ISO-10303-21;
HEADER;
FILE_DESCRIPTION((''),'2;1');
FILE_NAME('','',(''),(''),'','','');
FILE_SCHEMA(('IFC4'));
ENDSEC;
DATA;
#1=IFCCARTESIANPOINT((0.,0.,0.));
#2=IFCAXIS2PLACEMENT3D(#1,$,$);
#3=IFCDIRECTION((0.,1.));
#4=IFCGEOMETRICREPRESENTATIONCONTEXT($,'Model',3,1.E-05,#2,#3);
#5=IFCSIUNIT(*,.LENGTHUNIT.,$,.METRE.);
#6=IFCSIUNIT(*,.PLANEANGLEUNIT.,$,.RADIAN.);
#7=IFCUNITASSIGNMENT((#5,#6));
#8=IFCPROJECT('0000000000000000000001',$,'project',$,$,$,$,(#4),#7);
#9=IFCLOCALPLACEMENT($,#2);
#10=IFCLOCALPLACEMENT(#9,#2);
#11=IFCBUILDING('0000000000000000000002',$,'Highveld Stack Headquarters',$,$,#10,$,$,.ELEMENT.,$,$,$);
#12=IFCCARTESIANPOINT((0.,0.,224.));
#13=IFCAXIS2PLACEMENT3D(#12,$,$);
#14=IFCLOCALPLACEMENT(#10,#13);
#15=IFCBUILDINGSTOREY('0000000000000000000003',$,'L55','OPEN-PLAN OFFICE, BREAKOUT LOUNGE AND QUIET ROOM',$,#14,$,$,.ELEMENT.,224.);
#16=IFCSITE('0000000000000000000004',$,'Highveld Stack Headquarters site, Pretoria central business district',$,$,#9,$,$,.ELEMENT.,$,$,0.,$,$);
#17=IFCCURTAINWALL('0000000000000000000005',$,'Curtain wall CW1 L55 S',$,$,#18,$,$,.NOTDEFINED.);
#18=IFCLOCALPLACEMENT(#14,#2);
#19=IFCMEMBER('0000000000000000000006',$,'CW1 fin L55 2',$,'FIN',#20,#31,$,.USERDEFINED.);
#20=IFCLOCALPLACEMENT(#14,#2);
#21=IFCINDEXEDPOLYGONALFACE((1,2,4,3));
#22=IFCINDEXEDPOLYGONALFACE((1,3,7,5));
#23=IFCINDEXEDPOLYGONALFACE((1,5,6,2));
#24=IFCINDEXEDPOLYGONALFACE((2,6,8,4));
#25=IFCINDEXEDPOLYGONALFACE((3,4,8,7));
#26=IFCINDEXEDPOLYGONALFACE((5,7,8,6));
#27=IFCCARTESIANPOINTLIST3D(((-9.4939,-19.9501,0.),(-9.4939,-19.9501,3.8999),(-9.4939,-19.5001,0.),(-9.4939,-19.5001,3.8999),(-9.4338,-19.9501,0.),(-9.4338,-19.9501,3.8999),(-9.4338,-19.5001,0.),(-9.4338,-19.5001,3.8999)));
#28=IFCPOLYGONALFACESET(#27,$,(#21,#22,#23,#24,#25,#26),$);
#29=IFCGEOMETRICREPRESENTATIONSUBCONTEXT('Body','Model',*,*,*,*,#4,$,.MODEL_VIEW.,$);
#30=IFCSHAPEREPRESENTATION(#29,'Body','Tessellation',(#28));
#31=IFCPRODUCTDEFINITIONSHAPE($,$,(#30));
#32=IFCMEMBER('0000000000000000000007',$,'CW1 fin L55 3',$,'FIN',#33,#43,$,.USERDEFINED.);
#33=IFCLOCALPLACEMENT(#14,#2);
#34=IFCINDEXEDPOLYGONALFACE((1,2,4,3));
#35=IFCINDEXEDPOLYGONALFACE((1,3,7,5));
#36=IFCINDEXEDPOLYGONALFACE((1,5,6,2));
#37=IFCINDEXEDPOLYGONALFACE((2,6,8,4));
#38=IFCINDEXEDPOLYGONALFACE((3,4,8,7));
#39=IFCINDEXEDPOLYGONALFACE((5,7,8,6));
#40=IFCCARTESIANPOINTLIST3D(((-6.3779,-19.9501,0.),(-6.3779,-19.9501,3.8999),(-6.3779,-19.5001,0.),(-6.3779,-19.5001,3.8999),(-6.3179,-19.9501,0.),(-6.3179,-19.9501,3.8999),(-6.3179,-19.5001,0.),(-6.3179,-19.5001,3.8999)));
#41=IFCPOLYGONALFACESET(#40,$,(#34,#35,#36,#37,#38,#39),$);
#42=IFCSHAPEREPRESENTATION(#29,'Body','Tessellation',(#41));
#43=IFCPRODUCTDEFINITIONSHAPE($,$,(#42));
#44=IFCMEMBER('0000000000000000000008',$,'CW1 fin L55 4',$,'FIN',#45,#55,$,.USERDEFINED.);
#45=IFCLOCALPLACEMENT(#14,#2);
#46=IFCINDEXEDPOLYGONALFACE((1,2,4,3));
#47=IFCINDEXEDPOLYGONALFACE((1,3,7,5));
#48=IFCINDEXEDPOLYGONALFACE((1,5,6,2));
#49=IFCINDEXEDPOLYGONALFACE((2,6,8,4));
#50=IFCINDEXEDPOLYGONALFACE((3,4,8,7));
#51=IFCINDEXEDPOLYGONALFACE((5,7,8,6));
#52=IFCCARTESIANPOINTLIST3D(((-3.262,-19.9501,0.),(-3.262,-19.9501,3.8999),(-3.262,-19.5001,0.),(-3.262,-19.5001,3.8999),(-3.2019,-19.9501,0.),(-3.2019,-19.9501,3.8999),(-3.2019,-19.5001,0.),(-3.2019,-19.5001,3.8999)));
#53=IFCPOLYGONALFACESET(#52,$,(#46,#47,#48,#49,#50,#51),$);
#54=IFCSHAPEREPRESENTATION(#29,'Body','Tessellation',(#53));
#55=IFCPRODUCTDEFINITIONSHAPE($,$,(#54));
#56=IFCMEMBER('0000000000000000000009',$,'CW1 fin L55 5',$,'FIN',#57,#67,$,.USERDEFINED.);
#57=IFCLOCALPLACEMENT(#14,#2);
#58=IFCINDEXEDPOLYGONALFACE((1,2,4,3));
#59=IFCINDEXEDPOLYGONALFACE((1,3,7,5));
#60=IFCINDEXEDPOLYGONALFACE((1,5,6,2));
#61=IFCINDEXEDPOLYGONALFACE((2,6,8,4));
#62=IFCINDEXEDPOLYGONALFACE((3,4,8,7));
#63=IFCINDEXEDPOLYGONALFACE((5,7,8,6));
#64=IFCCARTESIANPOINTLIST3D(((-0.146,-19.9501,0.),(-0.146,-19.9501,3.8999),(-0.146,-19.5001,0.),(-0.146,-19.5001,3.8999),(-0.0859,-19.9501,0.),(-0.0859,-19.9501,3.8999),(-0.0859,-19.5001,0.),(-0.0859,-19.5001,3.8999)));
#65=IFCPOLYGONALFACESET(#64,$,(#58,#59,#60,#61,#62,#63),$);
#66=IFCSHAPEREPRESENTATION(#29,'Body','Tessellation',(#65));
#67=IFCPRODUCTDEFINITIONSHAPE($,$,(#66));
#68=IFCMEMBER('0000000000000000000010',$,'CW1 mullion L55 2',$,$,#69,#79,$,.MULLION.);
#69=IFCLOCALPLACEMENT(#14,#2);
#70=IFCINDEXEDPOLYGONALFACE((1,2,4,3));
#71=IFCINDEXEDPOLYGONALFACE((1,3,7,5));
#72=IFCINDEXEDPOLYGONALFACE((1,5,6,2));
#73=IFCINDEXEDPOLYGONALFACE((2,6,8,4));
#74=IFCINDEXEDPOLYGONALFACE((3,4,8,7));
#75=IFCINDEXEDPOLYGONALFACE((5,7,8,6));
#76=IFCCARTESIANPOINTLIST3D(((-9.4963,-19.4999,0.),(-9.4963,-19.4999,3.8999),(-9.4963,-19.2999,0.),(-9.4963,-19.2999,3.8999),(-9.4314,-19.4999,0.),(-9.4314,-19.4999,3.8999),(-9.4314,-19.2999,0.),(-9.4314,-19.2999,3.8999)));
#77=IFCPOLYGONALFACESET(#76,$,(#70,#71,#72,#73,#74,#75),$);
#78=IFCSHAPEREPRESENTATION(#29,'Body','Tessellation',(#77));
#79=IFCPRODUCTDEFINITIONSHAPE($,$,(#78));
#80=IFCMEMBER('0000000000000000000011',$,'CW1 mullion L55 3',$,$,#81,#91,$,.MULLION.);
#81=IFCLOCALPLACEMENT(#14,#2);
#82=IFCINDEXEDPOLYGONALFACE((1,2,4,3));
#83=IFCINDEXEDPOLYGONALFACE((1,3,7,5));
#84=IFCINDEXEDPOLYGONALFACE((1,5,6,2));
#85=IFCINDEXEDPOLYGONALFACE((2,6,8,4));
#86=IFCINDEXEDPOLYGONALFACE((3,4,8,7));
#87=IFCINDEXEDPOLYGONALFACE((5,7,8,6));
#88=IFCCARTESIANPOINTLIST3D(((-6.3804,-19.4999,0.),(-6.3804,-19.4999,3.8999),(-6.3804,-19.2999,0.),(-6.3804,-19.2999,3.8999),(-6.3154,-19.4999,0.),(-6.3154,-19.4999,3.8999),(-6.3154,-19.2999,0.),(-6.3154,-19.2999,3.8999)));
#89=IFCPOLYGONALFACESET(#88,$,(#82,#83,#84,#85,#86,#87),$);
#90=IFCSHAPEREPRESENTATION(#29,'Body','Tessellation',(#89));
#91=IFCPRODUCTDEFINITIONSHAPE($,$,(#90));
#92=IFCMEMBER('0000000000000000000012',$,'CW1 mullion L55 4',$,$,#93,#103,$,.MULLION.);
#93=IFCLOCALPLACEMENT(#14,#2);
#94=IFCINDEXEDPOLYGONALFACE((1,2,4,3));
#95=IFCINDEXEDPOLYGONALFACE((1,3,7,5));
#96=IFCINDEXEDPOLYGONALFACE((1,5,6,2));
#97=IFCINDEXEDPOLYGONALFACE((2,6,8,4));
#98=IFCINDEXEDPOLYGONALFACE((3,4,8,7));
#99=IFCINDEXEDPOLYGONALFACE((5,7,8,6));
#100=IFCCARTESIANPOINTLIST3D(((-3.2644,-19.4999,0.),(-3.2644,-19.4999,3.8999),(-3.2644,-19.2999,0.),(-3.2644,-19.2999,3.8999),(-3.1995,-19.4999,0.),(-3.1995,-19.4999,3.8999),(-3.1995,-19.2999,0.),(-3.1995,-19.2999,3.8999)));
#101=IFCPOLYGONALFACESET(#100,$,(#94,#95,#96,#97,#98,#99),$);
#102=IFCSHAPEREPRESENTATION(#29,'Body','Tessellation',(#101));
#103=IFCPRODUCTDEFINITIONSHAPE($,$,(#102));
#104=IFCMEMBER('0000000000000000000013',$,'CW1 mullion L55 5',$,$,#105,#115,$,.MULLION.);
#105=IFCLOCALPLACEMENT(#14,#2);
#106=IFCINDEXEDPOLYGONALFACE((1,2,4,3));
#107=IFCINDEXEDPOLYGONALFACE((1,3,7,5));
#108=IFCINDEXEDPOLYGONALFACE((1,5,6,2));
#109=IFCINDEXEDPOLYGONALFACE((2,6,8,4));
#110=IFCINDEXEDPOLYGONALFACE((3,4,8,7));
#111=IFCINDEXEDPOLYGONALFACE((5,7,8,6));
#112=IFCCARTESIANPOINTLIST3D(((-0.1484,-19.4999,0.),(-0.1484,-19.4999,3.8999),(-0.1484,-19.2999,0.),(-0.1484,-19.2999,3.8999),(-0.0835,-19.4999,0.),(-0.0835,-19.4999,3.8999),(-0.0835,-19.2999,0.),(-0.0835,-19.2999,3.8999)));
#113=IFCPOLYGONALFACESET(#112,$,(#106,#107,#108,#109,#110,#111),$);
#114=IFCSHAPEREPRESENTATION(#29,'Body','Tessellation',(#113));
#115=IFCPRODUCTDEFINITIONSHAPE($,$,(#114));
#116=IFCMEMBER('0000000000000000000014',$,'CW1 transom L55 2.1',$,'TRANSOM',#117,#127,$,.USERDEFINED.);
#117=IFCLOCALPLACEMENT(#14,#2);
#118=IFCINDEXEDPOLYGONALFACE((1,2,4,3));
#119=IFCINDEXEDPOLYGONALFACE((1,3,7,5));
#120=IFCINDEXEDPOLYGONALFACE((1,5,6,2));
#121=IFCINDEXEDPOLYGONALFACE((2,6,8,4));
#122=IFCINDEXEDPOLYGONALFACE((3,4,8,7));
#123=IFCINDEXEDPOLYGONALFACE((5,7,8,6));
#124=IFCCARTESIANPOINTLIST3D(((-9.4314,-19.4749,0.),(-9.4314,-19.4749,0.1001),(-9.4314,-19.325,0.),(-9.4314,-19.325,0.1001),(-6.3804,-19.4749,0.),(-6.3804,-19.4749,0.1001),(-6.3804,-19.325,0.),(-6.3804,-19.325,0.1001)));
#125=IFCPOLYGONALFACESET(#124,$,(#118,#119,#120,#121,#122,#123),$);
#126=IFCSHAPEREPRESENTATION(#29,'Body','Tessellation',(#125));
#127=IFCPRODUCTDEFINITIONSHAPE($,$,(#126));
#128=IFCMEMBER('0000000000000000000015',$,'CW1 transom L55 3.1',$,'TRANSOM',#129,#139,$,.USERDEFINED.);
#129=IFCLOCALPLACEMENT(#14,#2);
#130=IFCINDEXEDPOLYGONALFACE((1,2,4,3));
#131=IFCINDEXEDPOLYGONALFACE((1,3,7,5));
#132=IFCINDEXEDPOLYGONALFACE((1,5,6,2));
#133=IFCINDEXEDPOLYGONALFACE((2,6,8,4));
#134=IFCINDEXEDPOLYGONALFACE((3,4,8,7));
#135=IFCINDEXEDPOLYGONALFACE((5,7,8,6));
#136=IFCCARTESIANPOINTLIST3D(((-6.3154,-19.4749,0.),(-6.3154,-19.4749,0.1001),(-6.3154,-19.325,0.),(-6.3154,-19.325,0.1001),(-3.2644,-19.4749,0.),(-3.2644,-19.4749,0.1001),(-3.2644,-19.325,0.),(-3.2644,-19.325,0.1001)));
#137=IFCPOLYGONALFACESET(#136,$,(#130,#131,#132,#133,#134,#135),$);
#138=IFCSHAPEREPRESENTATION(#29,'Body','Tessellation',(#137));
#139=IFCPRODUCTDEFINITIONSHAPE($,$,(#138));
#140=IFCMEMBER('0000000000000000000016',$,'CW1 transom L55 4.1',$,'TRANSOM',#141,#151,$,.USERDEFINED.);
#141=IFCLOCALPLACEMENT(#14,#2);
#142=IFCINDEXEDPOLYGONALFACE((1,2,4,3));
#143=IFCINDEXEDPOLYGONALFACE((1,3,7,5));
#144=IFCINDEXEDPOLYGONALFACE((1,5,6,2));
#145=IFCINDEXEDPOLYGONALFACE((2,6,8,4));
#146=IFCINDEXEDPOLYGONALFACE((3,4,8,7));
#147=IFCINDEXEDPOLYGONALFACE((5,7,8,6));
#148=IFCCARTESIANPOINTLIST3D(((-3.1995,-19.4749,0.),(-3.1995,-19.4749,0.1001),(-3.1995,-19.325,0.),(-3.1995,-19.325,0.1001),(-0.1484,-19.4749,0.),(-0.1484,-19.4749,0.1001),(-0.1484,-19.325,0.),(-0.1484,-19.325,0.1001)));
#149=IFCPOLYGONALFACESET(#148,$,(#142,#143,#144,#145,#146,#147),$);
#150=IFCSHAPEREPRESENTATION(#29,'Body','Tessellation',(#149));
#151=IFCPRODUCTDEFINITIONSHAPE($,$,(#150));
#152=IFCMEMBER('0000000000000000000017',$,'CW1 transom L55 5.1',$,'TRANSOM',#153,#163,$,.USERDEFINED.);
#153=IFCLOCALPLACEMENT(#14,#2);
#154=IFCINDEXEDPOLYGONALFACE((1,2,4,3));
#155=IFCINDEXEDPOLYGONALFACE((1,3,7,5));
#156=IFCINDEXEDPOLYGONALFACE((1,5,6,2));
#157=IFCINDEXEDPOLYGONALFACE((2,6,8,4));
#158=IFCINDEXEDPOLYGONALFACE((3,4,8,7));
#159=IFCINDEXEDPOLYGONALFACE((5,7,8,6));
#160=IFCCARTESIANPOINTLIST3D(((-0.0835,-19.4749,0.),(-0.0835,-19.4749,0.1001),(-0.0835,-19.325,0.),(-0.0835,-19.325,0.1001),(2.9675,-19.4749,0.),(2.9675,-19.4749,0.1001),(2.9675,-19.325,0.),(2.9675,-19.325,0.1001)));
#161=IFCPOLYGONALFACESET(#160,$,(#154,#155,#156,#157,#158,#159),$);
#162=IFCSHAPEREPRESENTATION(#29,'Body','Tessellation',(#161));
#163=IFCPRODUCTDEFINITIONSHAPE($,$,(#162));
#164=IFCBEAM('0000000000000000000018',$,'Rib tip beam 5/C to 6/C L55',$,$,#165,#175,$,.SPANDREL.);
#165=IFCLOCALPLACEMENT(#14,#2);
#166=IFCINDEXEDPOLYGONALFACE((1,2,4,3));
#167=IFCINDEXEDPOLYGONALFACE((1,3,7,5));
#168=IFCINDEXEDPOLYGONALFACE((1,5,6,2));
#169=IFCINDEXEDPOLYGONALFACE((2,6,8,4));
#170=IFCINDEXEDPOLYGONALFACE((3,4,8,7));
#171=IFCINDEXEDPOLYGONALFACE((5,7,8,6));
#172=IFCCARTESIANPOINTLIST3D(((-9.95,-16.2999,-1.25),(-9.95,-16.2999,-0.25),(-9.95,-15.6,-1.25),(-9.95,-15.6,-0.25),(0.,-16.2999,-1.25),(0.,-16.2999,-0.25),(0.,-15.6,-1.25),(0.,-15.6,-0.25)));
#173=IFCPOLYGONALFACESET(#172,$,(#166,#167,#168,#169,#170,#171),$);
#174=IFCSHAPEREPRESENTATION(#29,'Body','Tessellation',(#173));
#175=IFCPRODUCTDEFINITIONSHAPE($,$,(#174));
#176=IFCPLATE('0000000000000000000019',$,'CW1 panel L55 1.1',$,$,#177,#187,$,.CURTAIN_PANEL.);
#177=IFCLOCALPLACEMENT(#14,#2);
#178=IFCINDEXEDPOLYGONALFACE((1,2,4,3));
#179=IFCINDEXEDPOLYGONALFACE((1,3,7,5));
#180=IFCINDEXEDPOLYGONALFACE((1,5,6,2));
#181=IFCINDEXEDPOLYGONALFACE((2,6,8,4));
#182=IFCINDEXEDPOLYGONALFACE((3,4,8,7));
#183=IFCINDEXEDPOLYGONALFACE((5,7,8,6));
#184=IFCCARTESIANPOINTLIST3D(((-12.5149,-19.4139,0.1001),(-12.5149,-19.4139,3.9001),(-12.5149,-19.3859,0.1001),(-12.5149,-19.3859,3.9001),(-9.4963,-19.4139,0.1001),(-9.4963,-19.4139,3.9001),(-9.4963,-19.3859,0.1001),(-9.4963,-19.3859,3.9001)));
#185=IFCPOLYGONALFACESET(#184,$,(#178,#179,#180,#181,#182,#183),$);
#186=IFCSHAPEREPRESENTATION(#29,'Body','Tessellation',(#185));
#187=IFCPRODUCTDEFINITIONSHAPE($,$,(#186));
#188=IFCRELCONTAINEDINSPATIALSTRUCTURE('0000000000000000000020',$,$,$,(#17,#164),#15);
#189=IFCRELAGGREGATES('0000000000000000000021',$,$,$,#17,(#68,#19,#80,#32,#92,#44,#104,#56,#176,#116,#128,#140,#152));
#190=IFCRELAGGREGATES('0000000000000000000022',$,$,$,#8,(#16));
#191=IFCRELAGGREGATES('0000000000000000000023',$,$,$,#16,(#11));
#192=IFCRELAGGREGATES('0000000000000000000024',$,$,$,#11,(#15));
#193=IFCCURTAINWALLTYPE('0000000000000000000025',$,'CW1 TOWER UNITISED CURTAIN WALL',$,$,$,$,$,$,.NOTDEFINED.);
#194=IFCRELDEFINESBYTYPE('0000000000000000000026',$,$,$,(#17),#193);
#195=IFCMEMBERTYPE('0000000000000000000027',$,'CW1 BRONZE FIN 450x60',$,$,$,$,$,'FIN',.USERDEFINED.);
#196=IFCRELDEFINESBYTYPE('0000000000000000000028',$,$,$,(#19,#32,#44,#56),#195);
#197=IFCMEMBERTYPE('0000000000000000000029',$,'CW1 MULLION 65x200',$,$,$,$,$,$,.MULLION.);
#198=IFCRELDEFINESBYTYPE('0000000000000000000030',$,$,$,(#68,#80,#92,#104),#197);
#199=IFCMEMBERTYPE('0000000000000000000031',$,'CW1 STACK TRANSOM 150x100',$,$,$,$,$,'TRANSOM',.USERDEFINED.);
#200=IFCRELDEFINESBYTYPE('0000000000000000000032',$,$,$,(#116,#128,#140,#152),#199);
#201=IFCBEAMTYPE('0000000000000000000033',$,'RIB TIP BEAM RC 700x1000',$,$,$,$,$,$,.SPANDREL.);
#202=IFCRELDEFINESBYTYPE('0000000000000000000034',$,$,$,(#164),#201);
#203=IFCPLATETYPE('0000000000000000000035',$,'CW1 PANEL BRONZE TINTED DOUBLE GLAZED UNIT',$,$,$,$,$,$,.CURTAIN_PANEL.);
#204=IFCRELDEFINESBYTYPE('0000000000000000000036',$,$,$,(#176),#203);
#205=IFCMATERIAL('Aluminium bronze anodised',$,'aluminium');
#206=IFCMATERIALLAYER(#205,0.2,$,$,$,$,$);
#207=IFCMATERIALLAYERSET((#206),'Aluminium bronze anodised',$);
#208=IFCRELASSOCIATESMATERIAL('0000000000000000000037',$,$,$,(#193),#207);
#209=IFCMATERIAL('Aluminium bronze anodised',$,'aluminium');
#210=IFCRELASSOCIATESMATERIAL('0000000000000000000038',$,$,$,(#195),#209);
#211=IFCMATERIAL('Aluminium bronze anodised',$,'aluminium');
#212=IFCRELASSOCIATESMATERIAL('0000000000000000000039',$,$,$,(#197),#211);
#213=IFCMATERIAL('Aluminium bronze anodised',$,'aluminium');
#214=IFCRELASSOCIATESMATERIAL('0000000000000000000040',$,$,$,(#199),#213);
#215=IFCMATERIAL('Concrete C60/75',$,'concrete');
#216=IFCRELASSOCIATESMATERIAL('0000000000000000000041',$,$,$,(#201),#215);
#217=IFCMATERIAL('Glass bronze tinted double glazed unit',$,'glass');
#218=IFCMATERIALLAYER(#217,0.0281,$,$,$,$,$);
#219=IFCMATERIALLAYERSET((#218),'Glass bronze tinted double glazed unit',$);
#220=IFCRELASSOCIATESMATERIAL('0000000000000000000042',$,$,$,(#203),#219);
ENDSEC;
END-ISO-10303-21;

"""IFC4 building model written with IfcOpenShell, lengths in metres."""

from ifc_helpers import new_model, si_unit, direction, frame, origin, origin_2d, place, context, subcontext, project, spatial, rectangle, extrude, material, layer, layer_set, material_profile, profile_set, type_object, element, aggregate, save


model = new_model("IFC4")

# Units and contexts
model_context = context("Model", 3, precision=1e-05, world=origin(), true_north=direction((0.0, 1.0)))
body_context = subcontext(model_context, "Body", "Model", "MODEL_VIEW")
ifc_project = project(units=[si_unit("LENGTHUNIT", "METRE"), si_unit("PLANEANGLEUNIT", "RADIAN")], contexts=[model_context])

# Site, building, storey
site_placement = place(None, origin())
site = spatial("IfcSite", under=ifc_project, at=site_placement, Name="Highveld Stack Headquarters site, Pretoria central business district", CompositionType="ELEMENT", RefElevation=0.0)
building_placement = place(site_placement, origin())
building = spatial("IfcBuilding", under=site, at=building_placement, Name="Highveld Stack Headquarters", CompositionType="ELEMENT")
storey_placement = place(building_placement, frame((0.0, 0.0, 224.0)))
storey = spatial("IfcBuildingStorey", under=building, at=storey_placement, Name="L55", Description="OPEN-PLAN OFFICE, BREAKOUT LOUNGE AND QUIET ROOM", CompositionType="ELEMENT", Elevation=224.0)

# Curtain wall, members
ifc_material_1 = material(Name="Aluminium bronze anodised", Category="aluminium")
ifc_layer_1 = layer(ifc_material_1, 0.2)
ifc_layer_set_1 = layer_set([ifc_layer_1], Name="Aluminium bronze anodised")
curtain_wall_type = type_object("IfcCurtainWallType", Name="CW1 TOWER UNITISED CURTAIN WALL", PredefinedType="NOTDEFINED", material=ifc_layer_set_1)
curtain_wall_placement = place(storey_placement, origin())
curtain_wall = element("IfcCurtainWall", 1, at=curtain_wall_placement, inside=storey, type_object=curtain_wall_type, Name="Curtain wall CW1 L55 S", PredefinedType="NOTDEFINED")
ifc_material_2 = material(Name="Aluminium bronze anodised", Category="aluminium")
ifc_material_profile_1 = material_profile(ifc_material_2, rectangle(XDim=0.45, YDim=0.0601, at=origin_2d()), Name="FIN 450x60")
ifc_profile_set_1 = profile_set([ifc_material_profile_1], Name="Aluminium bronze anodised")
member_type_1 = type_object("IfcMemberType", Name="CW1 BRONZE FIN 450x60", ElementType="FIN", PredefinedType="USERDEFINED", material=ifc_profile_set_1)
member_1_placement = place(storey_placement, frame((-9.4639, -19.7251, 0.0), z_axis=(0.0, 0.0, 1.0), x_axis=(0.0, 1.0, 0.0)))
member_1 = element("IfcMember", 2, at=member_1_placement, type_object=member_type_1, Name="CW1 fin L55 2", ObjectType="FIN", PredefinedType="USERDEFINED", context=body_context, shape_type="SweptSolid", body=[
    extrude(rectangle(XDim=0.45, YDim=0.0601, at=origin_2d()), origin(), (0.0, 0.0, 1.0), 3.8999),
])
member_2_placement = place(storey_placement, frame((-6.3479, -19.7251, 0.0), z_axis=(0.0, 0.0, 1.0), x_axis=(0.0, 1.0, 0.0)))
member_2 = element("IfcMember", 3, at=member_2_placement, type_object=member_type_1, Name="CW1 fin L55 3", ObjectType="FIN", PredefinedType="USERDEFINED", context=body_context, shape_type="SweptSolid", body=[
    extrude(rectangle(XDim=0.45, YDim=0.0601, at=origin_2d()), origin(), (0.0, 0.0, 1.0), 3.8999),
])
member_3_placement = place(storey_placement, frame((-3.2319, -19.7251, 0.0), z_axis=(0.0, 0.0, 1.0), x_axis=(0.0, 1.0, 0.0)))
member_3 = element("IfcMember", 4, at=member_3_placement, type_object=member_type_1, Name="CW1 fin L55 4", ObjectType="FIN", PredefinedType="USERDEFINED", context=body_context, shape_type="SweptSolid", body=[
    extrude(rectangle(XDim=0.45, YDim=0.0601, at=origin_2d()), origin(), (0.0, 0.0, 1.0), 3.8999),
])
member_4_placement = place(storey_placement, frame((-0.116, -19.7251, 0.0), z_axis=(0.0, 0.0, 1.0), x_axis=(0.0, 1.0, 0.0)))
member_4 = element("IfcMember", 5, at=member_4_placement, type_object=member_type_1, Name="CW1 fin L55 5", ObjectType="FIN", PredefinedType="USERDEFINED", context=body_context, shape_type="SweptSolid", body=[
    extrude(rectangle(XDim=0.45, YDim=0.0601, at=origin_2d()), origin(), (0.0, 0.0, 1.0), 3.8999),
])
ifc_material_3 = material(Name="Aluminium bronze anodised", Category="aluminium")
ifc_material_profile_2 = material_profile(ifc_material_3, rectangle(XDim=0.2, YDim=0.0649, at=origin_2d()), Name="CW1 MULLION 65x200")
ifc_profile_set_2 = profile_set([ifc_material_profile_2], Name="Aluminium bronze anodised")
member_type_2 = type_object("IfcMemberType", Name="CW1 MULLION 65x200", PredefinedType="MULLION", material=ifc_profile_set_2)
member_5_placement = place(storey_placement, frame((-9.4639, -19.3999, 0.0), z_axis=(0.0, 0.0, 1.0), x_axis=(0.0, 1.0, 0.0)))
member_5 = element("IfcMember", 6, at=member_5_placement, type_object=member_type_2, Name="CW1 mullion L55 2", PredefinedType="MULLION", context=body_context, shape_type="SweptSolid", body=[
    extrude(rectangle(XDim=0.2, YDim=0.0649, at=origin_2d()), origin(), (0.0, 0.0, 1.0), 3.8999),
])
member_6_placement = place(storey_placement, frame((-6.3479, -19.3999, 0.0), z_axis=(0.0, 0.0, 1.0), x_axis=(0.0, 1.0, 0.0)))
member_6 = element("IfcMember", 7, at=member_6_placement, type_object=member_type_2, Name="CW1 mullion L55 3", PredefinedType="MULLION", context=body_context, shape_type="SweptSolid", body=[
    extrude(rectangle(XDim=0.2, YDim=0.0649, at=origin_2d()), origin(), (0.0, 0.0, 1.0), 3.8999),
])
member_7_placement = place(storey_placement, frame((-3.2319, -19.3999, 0.0), z_axis=(0.0, 0.0, 1.0), x_axis=(0.0, 1.0, 0.0)))
member_7 = element("IfcMember", 8, at=member_7_placement, type_object=member_type_2, Name="CW1 mullion L55 4", PredefinedType="MULLION", context=body_context, shape_type="SweptSolid", body=[
    extrude(rectangle(XDim=0.2, YDim=0.0649, at=origin_2d()), origin(), (0.0, 0.0, 1.0), 3.8999),
])
member_8_placement = place(storey_placement, frame((-0.116, -19.3999, 0.0), z_axis=(0.0, 0.0, 1.0), x_axis=(0.0, 1.0, 0.0)))
member_8 = element("IfcMember", 9, at=member_8_placement, type_object=member_type_2, Name="CW1 mullion L55 5", PredefinedType="MULLION", context=body_context, shape_type="SweptSolid", body=[
    extrude(rectangle(XDim=0.2, YDim=0.0649, at=origin_2d()), origin(), (0.0, 0.0, 1.0), 3.8999),
])
ifc_material_4 = material(Name="Aluminium bronze anodised", Category="aluminium")
ifc_material_profile_3 = material_profile(ifc_material_4, rectangle(XDim=0.1499, YDim=0.1001, at=origin_2d()), Name="CW1 TRANSOM 150x100")
ifc_profile_set_3 = profile_set([ifc_material_profile_3], Name="Aluminium bronze anodised")
member_type_3 = type_object("IfcMemberType", Name="CW1 STACK TRANSOM 150x100", ElementType="TRANSOM", PredefinedType="USERDEFINED", material=ifc_profile_set_3)
member_9_placement = place(storey_placement, frame((-9.4314, -19.3999, 0.05), z_axis=(1.0, 0.0, 0.0), x_axis=(0.0, 1.0, 0.0)))
member_9 = element("IfcMember", 10, at=member_9_placement, type_object=member_type_3, Name="CW1 transom L55 2.1", ObjectType="TRANSOM", PredefinedType="USERDEFINED", context=body_context, shape_type="SweptSolid", body=[
    extrude(rectangle(XDim=0.1499, YDim=0.1001, at=origin_2d()), origin(), (0.0, 0.0, 1.0), 3.051),
])
member_10_placement = place(storey_placement, frame((-6.3154, -19.3999, 0.05), z_axis=(1.0, 0.0, 0.0), x_axis=(0.0, 1.0, 0.0)))
member_10 = element("IfcMember", 11, at=member_10_placement, type_object=member_type_3, Name="CW1 transom L55 3.1", ObjectType="TRANSOM", PredefinedType="USERDEFINED", context=body_context, shape_type="SweptSolid", body=[
    extrude(rectangle(XDim=0.1499, YDim=0.1001, at=origin_2d()), origin(), (0.0, 0.0, 1.0), 3.051),
])
member_11_placement = place(storey_placement, frame((-3.1995, -19.3999, 0.05), z_axis=(1.0, 0.0, 0.0), x_axis=(0.0, 1.0, 0.0)))
member_11 = element("IfcMember", 12, at=member_11_placement, type_object=member_type_3, Name="CW1 transom L55 4.1", ObjectType="TRANSOM", PredefinedType="USERDEFINED", context=body_context, shape_type="SweptSolid", body=[
    extrude(rectangle(XDim=0.1499, YDim=0.1001, at=origin_2d()), origin(), (0.0, 0.0, 1.0), 3.051),
])
member_12_placement = place(storey_placement, frame((-0.0835, -19.3999, 0.05), z_axis=(1.0, 0.0, 0.0), x_axis=(0.0, 1.0, 0.0)))
member_12 = element("IfcMember", 13, at=member_12_placement, type_object=member_type_3, Name="CW1 transom L55 5.1", ObjectType="TRANSOM", PredefinedType="USERDEFINED", context=body_context, shape_type="SweptSolid", body=[
    extrude(rectangle(XDim=0.1499, YDim=0.1001, at=origin_2d()), origin(), (0.0, 0.0, 1.0), 3.051),
])

# Beam
ifc_material_5 = material(Name="Concrete C60/75", Category="concrete")
ifc_material_profile_4 = material_profile(ifc_material_5, rectangle(XDim=0.7, YDim=1.0, at=origin_2d()), Name="RC 700x1000")
ifc_profile_set_4 = profile_set([ifc_material_profile_4], Name="Concrete C60/75")
beam_type = type_object("IfcBeamType", Name="RIB TIP BEAM RC 700x1000", PredefinedType="SPANDREL", material=ifc_profile_set_4)
beam_placement = place(storey_placement, frame((-9.95, -15.95, -0.75), z_axis=(1.0, 0.0, 0.0), x_axis=(0.0, 1.0, 0.0)))
element("IfcBeam", 14, at=beam_placement, inside=storey, type_object=beam_type, Name="Rib tip beam 5/C to 6/C L55", PredefinedType="SPANDREL", context=body_context, shape_type="SweptSolid", body=[
    extrude(rectangle(XDim=0.7, YDim=1.0, at=origin_2d()), origin(), (0.0, 0.0, 1.0), 9.95),
])

# Plate
ifc_material_6 = material(Name="Glass bronze tinted double glazed unit", Category="glass")
ifc_layer_2 = layer(ifc_material_6, 0.0281)
ifc_layer_set_2 = layer_set([ifc_layer_2], Name="Glass bronze tinted double glazed unit")
plate_type = type_object("IfcPlateType", Name="CW1 PANEL BRONZE TINTED DOUBLE GLAZED UNIT", PredefinedType="CURTAIN_PANEL", material=ifc_layer_set_2)
plate_1_placement = place(storey_placement, frame((-11.0056, -19.3999, 0.1001), z_axis=(0.0, 0.0, 1.0), x_axis=(1.0, 0.0, 0.0)))
plate_1 = element("IfcPlate", 15, at=plate_1_placement, type_object=plate_type, Name="CW1 panel L55 1.1", PredefinedType="CURTAIN_PANEL", context=body_context, shape_type="SweptSolid", body=[
    extrude(rectangle(XDim=3.0186, YDim=0.0281, at=origin_2d()), origin(), (0.0, 0.0, 1.0), 3.8),
])
aggregate(curtain_wall, [member_5, member_1, member_6, member_2, member_7, member_3, member_8, member_4, plate_1, member_9, member_10, member_11, member_12])

save(model, "model.ifc")
